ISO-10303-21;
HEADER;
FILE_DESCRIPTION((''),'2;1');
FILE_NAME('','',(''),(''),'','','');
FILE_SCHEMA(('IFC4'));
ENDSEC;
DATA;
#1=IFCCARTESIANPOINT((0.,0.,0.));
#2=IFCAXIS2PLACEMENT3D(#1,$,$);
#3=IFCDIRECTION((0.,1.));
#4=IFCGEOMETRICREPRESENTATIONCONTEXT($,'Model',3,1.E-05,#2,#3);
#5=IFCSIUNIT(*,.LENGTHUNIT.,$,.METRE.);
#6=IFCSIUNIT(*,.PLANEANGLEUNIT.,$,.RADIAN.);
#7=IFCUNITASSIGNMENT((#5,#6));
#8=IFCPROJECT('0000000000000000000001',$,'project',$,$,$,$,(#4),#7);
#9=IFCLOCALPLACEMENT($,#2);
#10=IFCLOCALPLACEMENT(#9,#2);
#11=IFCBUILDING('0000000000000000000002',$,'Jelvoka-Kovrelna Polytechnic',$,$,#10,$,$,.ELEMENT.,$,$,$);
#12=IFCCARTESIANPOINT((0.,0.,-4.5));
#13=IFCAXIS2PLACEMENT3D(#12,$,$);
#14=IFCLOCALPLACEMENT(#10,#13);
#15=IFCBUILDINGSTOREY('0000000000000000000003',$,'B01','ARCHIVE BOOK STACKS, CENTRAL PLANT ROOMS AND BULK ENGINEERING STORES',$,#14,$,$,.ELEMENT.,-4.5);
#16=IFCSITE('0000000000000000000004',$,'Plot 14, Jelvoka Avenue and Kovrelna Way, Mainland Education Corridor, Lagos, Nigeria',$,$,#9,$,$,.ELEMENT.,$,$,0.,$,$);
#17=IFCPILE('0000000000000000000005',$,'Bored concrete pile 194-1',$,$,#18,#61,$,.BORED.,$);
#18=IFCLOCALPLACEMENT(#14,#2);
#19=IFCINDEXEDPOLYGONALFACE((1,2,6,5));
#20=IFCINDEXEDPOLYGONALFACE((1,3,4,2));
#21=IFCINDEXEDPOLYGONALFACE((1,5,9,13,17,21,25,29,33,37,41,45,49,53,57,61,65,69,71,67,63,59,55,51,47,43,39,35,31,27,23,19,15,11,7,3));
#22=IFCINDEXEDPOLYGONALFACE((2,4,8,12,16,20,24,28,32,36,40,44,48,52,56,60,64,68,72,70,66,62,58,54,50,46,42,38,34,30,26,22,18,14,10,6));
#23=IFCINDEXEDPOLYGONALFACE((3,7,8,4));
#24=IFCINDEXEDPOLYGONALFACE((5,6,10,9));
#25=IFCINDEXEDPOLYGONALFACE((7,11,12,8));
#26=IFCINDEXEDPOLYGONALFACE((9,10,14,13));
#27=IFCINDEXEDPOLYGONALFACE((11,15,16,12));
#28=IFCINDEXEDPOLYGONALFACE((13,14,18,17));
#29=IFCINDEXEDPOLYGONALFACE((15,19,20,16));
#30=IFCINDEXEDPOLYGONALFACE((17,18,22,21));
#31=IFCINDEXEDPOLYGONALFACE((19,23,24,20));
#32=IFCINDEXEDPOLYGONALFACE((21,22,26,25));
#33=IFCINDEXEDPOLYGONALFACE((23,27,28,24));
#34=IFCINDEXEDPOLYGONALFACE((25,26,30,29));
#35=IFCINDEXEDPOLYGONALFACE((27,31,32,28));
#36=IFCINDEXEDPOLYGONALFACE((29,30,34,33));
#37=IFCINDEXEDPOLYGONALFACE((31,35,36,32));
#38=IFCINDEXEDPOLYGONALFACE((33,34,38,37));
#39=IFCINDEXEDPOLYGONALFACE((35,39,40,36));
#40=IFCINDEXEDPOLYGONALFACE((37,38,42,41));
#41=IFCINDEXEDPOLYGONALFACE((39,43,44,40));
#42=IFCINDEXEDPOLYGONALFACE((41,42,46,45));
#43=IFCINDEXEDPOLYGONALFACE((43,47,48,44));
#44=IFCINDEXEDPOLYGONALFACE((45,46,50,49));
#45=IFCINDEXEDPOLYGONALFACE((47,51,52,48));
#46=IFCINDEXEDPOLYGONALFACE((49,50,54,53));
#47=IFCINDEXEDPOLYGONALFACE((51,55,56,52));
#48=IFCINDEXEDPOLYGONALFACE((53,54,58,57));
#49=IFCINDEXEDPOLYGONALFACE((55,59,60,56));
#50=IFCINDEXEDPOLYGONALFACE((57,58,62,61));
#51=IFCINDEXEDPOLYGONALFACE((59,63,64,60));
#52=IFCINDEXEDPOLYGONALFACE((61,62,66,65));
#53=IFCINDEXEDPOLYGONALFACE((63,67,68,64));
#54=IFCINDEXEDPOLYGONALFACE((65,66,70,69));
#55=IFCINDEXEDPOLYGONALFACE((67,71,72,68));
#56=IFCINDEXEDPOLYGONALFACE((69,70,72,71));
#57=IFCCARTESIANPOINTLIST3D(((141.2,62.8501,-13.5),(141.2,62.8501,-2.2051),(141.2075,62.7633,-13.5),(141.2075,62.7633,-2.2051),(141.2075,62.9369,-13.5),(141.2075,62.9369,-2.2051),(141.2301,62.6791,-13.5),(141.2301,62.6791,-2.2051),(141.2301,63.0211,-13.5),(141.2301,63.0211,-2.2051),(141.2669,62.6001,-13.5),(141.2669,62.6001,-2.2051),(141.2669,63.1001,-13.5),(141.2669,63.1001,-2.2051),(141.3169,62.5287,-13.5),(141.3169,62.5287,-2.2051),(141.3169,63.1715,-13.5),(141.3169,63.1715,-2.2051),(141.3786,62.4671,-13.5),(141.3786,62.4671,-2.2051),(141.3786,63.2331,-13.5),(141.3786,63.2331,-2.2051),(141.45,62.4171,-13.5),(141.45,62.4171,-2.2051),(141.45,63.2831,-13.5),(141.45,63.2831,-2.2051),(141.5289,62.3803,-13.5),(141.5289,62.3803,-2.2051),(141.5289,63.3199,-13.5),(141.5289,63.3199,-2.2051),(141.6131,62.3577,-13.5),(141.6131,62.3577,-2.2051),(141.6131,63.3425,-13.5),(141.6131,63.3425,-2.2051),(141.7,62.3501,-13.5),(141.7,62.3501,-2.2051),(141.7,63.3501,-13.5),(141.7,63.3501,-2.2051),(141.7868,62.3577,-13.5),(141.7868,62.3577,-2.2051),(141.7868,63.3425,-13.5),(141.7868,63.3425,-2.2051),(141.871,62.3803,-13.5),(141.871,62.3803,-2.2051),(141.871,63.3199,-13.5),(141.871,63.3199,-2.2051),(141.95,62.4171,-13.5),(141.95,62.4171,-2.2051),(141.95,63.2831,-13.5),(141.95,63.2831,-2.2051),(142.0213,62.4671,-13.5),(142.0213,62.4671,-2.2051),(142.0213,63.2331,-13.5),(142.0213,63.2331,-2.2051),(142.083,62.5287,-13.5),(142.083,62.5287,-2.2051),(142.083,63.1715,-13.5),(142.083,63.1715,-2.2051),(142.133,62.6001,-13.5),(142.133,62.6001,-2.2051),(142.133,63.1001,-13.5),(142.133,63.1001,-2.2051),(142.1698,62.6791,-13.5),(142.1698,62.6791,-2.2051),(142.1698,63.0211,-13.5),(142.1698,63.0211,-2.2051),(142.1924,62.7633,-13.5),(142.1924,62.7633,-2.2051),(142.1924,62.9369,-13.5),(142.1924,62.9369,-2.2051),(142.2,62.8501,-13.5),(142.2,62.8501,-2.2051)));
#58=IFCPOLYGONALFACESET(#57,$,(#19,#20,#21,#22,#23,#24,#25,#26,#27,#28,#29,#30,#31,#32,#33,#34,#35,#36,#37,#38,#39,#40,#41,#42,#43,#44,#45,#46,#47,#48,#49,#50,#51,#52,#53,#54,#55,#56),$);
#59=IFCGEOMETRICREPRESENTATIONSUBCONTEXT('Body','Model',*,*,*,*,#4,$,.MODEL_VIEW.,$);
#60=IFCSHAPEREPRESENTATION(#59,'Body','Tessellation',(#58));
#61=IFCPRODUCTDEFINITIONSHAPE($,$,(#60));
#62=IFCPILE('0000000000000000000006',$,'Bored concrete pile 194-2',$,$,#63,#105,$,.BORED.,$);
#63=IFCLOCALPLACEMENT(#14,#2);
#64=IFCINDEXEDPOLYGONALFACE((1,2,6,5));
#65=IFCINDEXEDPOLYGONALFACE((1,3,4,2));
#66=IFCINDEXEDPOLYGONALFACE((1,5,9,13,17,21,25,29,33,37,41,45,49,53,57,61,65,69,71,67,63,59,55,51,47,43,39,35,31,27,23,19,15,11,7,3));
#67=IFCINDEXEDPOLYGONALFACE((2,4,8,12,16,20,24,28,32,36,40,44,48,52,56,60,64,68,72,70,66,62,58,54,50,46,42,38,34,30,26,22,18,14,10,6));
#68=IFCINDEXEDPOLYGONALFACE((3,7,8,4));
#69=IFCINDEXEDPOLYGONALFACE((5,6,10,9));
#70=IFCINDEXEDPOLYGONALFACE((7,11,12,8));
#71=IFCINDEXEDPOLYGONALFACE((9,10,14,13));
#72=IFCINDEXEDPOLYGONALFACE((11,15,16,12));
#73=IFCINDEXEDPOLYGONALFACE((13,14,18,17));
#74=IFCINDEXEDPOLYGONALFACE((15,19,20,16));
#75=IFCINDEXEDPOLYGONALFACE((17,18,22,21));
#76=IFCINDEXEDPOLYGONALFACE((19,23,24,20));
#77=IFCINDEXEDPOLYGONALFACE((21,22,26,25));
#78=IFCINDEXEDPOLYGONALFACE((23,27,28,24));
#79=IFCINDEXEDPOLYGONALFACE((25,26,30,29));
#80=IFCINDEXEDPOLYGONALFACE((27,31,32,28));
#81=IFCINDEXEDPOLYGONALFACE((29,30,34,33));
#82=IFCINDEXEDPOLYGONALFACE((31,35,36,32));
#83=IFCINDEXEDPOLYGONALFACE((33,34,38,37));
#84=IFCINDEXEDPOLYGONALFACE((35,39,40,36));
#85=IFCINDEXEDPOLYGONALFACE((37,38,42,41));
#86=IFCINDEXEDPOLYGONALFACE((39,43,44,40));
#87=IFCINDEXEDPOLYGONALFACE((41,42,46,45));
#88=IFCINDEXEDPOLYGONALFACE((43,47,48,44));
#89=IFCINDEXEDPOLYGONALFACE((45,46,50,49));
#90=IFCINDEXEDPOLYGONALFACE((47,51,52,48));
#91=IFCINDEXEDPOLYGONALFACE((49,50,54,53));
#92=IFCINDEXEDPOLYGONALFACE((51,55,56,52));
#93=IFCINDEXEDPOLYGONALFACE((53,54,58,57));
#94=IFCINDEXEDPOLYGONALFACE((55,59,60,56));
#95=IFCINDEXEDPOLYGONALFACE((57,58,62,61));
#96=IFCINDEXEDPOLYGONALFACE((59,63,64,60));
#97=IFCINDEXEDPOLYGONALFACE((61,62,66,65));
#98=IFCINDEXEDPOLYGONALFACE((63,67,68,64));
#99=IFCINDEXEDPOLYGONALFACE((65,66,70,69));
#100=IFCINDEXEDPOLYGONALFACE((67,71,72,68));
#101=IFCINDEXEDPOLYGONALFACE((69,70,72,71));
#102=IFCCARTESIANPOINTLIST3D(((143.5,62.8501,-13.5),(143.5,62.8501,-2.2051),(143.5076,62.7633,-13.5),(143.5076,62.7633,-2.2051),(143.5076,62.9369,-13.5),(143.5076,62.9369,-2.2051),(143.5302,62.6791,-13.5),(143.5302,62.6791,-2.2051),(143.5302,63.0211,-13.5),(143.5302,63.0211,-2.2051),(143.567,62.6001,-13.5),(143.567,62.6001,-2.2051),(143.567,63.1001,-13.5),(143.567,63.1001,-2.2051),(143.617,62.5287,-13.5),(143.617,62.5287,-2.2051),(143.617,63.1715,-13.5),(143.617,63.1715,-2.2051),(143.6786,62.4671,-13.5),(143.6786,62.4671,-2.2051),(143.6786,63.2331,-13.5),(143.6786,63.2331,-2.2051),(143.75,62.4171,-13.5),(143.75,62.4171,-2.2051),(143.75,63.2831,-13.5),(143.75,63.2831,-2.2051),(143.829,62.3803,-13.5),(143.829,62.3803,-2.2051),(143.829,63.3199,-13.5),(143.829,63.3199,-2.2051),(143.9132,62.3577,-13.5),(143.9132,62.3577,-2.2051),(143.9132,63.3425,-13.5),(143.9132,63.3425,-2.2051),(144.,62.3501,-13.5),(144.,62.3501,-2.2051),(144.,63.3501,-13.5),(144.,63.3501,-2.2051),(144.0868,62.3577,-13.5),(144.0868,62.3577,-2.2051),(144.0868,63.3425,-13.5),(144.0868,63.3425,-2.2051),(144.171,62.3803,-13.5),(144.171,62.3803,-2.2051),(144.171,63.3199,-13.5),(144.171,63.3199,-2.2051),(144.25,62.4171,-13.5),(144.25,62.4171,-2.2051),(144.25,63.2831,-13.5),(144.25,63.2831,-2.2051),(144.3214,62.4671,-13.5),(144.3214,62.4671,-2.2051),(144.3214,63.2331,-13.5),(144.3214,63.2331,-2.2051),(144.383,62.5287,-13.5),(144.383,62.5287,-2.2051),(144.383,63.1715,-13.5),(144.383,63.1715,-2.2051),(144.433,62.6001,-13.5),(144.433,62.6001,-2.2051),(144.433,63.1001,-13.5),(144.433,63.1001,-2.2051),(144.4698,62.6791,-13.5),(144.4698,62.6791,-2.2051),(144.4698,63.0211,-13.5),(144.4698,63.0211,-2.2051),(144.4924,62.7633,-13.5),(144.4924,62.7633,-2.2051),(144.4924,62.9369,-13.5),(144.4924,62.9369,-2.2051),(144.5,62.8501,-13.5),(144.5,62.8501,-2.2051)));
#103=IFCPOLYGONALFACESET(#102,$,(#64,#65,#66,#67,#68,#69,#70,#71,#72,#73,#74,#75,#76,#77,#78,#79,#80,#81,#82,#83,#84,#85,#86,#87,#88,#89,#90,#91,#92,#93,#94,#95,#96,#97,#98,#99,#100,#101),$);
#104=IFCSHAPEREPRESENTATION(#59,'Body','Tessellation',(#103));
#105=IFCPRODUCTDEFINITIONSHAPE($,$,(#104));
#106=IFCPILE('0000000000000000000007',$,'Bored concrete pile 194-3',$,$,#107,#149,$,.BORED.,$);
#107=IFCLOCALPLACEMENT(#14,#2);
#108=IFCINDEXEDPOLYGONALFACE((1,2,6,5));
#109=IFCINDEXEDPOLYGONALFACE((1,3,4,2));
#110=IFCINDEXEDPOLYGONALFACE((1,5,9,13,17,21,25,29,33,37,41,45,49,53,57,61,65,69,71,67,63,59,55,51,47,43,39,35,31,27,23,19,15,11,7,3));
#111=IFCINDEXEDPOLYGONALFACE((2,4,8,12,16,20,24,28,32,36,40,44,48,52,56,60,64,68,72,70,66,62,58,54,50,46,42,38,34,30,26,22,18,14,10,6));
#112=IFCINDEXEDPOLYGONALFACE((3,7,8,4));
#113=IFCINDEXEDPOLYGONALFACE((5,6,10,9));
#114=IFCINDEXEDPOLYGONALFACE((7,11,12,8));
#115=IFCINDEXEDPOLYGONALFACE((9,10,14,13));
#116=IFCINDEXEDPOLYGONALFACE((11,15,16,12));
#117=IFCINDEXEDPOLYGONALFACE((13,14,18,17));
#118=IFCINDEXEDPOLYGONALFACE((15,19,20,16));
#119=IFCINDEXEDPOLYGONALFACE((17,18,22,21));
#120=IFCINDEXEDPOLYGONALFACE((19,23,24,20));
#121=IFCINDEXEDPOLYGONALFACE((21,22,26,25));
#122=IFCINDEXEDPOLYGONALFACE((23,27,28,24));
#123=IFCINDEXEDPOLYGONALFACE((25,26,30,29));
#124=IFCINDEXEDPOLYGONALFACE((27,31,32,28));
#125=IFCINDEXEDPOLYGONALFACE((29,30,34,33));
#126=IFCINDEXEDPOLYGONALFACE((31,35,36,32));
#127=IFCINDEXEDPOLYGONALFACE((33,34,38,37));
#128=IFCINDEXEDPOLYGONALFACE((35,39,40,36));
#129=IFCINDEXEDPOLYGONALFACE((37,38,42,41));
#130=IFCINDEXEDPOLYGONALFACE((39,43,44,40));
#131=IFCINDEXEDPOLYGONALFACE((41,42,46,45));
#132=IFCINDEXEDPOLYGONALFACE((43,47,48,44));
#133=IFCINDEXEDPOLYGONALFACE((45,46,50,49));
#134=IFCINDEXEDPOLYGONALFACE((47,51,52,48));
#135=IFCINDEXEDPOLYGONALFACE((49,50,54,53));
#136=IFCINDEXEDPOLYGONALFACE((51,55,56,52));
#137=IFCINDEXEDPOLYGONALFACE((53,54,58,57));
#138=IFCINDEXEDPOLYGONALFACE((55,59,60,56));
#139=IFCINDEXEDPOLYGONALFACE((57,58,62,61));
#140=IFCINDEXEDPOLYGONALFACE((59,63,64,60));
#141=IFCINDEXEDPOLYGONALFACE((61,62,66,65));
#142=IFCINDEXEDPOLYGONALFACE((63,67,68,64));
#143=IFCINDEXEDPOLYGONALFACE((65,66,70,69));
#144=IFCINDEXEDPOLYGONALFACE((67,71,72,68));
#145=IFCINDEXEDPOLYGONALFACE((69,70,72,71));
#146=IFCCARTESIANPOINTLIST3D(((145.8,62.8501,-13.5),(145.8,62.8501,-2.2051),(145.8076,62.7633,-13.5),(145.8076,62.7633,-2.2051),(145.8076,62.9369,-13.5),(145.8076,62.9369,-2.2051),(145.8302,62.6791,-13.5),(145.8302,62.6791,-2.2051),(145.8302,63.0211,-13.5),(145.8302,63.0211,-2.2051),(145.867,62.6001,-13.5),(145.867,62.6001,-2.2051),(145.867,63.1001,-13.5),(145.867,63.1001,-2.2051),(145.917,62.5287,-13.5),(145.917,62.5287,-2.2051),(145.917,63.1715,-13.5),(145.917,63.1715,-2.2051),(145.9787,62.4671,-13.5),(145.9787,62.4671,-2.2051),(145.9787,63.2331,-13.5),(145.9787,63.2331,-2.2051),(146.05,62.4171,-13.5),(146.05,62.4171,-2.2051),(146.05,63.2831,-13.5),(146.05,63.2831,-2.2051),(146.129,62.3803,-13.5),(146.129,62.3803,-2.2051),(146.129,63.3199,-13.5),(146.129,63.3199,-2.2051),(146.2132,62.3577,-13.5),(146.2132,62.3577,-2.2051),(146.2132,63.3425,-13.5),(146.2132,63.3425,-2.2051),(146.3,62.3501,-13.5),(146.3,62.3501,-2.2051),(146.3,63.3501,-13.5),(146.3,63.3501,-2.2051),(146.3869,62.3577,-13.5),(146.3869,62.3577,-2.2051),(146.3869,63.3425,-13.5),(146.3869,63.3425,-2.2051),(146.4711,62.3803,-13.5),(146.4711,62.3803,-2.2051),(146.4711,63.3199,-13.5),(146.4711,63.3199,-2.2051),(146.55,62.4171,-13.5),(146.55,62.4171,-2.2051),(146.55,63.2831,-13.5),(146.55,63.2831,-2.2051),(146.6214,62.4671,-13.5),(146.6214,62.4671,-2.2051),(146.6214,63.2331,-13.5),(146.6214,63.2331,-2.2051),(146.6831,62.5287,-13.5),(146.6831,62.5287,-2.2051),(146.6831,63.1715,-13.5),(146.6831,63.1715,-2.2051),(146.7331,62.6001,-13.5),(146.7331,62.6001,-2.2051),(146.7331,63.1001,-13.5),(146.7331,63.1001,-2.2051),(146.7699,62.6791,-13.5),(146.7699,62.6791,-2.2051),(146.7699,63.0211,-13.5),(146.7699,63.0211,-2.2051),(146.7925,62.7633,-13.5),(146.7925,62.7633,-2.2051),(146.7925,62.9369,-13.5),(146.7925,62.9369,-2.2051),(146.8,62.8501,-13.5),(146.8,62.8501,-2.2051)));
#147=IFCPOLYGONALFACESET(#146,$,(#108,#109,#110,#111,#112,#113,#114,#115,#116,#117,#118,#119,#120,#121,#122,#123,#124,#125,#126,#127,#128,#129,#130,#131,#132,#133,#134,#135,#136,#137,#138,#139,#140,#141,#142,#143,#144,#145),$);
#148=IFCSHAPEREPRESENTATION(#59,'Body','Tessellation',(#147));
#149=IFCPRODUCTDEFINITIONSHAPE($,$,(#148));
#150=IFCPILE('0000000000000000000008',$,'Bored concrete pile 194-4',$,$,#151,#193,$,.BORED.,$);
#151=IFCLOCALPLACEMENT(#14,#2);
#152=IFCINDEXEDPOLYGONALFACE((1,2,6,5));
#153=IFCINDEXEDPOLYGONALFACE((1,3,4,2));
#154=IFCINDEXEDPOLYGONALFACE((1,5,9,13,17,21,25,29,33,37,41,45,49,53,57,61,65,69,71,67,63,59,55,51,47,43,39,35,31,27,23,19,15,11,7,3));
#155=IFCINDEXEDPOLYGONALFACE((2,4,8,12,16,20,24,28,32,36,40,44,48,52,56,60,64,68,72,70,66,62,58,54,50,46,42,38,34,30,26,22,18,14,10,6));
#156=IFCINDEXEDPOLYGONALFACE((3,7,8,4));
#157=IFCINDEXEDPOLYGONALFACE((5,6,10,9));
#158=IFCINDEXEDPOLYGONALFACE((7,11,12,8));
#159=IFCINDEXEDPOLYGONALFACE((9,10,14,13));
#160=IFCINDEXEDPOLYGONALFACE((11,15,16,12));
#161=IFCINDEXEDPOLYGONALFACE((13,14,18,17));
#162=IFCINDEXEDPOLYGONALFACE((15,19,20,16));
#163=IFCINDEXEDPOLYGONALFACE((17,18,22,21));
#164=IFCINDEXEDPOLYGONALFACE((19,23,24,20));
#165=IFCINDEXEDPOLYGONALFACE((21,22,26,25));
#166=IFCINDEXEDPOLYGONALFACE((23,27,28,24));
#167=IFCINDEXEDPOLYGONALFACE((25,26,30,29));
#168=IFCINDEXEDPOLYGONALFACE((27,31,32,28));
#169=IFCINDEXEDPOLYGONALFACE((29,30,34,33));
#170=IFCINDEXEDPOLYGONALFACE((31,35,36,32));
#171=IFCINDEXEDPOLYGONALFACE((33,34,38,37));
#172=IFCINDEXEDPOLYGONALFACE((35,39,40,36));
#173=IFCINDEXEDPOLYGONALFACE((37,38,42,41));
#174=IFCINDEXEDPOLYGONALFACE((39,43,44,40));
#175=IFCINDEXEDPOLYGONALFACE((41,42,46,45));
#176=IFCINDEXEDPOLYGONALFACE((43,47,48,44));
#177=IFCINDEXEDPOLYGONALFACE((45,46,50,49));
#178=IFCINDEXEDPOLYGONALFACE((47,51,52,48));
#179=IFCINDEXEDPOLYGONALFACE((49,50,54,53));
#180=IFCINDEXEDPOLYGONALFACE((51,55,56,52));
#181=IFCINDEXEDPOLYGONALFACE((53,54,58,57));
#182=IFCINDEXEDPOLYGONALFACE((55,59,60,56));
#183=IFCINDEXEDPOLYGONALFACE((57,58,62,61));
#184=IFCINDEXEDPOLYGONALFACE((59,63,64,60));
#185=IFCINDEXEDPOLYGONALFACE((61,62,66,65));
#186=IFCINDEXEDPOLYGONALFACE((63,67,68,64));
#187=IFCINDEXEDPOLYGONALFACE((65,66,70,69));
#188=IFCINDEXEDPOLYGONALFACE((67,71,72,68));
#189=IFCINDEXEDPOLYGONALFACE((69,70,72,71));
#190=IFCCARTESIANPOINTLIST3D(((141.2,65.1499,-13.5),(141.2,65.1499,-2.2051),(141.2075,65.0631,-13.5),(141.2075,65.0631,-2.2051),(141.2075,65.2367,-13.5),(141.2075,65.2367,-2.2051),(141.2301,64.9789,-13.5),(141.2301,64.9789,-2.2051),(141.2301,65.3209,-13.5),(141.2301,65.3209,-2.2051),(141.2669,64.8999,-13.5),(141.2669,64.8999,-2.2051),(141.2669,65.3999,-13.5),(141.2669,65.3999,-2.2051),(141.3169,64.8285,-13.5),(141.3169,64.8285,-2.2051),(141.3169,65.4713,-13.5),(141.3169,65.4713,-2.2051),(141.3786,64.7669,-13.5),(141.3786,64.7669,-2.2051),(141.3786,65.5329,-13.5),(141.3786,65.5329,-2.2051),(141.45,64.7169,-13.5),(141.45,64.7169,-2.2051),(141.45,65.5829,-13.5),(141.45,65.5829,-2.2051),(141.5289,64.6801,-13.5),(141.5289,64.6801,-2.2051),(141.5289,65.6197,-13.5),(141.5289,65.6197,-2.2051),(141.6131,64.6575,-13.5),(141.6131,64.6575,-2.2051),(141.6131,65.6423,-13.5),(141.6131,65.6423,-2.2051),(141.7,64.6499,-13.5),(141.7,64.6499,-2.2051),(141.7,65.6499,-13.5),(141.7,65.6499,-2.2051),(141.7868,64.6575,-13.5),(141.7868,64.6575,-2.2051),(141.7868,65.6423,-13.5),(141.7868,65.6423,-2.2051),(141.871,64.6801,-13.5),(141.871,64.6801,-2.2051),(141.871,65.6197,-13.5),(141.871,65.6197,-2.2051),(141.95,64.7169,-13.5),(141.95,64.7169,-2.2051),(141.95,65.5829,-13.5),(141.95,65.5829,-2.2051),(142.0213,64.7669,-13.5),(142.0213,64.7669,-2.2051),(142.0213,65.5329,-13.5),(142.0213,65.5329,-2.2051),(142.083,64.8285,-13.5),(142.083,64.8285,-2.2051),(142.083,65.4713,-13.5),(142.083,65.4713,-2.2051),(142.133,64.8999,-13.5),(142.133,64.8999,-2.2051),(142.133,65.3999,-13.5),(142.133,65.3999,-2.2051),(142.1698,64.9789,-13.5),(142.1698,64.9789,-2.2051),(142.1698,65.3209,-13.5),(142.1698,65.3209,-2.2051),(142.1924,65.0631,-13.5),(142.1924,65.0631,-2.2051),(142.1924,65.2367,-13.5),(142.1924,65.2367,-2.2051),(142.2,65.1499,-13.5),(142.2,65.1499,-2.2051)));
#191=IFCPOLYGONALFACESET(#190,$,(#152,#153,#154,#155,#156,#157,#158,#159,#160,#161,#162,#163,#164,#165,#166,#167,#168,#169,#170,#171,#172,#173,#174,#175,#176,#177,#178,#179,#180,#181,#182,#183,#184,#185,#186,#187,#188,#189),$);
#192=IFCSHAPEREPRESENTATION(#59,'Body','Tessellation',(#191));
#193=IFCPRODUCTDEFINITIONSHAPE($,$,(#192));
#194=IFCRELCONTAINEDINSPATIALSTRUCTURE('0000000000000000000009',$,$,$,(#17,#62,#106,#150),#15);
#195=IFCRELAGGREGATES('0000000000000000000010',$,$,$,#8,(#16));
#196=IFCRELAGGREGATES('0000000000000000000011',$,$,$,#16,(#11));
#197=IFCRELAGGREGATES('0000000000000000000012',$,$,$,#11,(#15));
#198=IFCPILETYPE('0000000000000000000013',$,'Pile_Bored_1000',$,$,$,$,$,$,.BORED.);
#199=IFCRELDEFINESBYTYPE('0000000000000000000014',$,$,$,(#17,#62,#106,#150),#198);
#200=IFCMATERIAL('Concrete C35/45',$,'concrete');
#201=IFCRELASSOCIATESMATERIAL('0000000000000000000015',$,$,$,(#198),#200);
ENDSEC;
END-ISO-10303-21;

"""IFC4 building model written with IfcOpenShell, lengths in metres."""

from ifc_helpers import new_model, si_unit, direction, frame, origin, origin_2d, place, context, subcontext, project, spatial, circle, extrude, material, material_profile, profile_set, type_object, element, save


model = new_model("IFC4")

# Units and contexts
model_context = context("Model", 3, precision=1e-05, world=origin(), true_north=direction((0.0, 1.0)))
body_context = subcontext(model_context, "Body", "Model", "MODEL_VIEW")
ifc_project = project(units=[si_unit("LENGTHUNIT", "METRE"), si_unit("PLANEANGLEUNIT", "RADIAN")], contexts=[model_context])

# Site, building, storey
site_placement = place(None, origin())
site = spatial("IfcSite", under=ifc_project, at=site_placement, Name="Plot 14, Jelvoka Avenue and Kovrelna Way, Mainland Education Corridor, Lagos, Nigeria", CompositionType="ELEMENT", RefElevation=0.0)
building_placement = place(site_placement, origin())
building = spatial("IfcBuilding", under=site, at=building_placement, Name="Jelvoka-Kovrelna Polytechnic", CompositionType="ELEMENT")
storey_placement = place(building_placement, frame((0.0, 0.0, -4.5)))
storey = spatial("IfcBuildingStorey", under=building, at=storey_placement, Name="B01", Description="ARCHIVE BOOK STACKS, CENTRAL PLANT ROOMS AND BULK ENGINEERING STORES", CompositionType="ELEMENT", Elevation=-4.5)

# Piles
ifc_material_1 = material(Name="Concrete C35/45", Category="concrete")
ifc_material_profile_1 = material_profile(ifc_material_1, circle(Radius=0.5, at=origin_2d()), Name="PILE D1000")
ifc_profile_set_1 = profile_set([ifc_material_profile_1], Name="Concrete C35/45")
pile_type = type_object("IfcPileType", Name="Pile_Bored_1000", PredefinedType="BORED", material=ifc_profile_set_1)
for number, where, z_axis, x_axis, name in (
    (1, (141.7, 62.8501, -2.2051), (0.0, 0.0, -1.0), (1.0, 0.0, 0.0), "Bored concrete pile 194-1"),
    (2, (144.0, 62.8501, -2.2051), (0.0, 0.0, -1.0), (1.0, 0.0, 0.0), "Bored concrete pile 194-2"),
    (3, (146.3, 62.8501, -2.2051), (0.0, 0.0, -1.0), (1.0, 0.0, 0.0), "Bored concrete pile 194-3"),
    (4, (141.7, 65.1499, -2.2051), (0.0, 0.0, -1.0), (1.0, 0.0, 0.0), "Bored concrete pile 194-4"),
):
    element("IfcPile", number, at=place(storey_placement, frame(where, z_axis=z_axis, x_axis=x_axis)), inside=storey, type_object=pile_type, Name=name, PredefinedType="BORED", context=body_context, shape_type="SweptSolid", body=[
        extrude(circle(Radius=0.5, at=origin_2d()), origin(), (0.0, 0.0, 1.0), 11.2949),
    ])

save(model, "model.ifc")
